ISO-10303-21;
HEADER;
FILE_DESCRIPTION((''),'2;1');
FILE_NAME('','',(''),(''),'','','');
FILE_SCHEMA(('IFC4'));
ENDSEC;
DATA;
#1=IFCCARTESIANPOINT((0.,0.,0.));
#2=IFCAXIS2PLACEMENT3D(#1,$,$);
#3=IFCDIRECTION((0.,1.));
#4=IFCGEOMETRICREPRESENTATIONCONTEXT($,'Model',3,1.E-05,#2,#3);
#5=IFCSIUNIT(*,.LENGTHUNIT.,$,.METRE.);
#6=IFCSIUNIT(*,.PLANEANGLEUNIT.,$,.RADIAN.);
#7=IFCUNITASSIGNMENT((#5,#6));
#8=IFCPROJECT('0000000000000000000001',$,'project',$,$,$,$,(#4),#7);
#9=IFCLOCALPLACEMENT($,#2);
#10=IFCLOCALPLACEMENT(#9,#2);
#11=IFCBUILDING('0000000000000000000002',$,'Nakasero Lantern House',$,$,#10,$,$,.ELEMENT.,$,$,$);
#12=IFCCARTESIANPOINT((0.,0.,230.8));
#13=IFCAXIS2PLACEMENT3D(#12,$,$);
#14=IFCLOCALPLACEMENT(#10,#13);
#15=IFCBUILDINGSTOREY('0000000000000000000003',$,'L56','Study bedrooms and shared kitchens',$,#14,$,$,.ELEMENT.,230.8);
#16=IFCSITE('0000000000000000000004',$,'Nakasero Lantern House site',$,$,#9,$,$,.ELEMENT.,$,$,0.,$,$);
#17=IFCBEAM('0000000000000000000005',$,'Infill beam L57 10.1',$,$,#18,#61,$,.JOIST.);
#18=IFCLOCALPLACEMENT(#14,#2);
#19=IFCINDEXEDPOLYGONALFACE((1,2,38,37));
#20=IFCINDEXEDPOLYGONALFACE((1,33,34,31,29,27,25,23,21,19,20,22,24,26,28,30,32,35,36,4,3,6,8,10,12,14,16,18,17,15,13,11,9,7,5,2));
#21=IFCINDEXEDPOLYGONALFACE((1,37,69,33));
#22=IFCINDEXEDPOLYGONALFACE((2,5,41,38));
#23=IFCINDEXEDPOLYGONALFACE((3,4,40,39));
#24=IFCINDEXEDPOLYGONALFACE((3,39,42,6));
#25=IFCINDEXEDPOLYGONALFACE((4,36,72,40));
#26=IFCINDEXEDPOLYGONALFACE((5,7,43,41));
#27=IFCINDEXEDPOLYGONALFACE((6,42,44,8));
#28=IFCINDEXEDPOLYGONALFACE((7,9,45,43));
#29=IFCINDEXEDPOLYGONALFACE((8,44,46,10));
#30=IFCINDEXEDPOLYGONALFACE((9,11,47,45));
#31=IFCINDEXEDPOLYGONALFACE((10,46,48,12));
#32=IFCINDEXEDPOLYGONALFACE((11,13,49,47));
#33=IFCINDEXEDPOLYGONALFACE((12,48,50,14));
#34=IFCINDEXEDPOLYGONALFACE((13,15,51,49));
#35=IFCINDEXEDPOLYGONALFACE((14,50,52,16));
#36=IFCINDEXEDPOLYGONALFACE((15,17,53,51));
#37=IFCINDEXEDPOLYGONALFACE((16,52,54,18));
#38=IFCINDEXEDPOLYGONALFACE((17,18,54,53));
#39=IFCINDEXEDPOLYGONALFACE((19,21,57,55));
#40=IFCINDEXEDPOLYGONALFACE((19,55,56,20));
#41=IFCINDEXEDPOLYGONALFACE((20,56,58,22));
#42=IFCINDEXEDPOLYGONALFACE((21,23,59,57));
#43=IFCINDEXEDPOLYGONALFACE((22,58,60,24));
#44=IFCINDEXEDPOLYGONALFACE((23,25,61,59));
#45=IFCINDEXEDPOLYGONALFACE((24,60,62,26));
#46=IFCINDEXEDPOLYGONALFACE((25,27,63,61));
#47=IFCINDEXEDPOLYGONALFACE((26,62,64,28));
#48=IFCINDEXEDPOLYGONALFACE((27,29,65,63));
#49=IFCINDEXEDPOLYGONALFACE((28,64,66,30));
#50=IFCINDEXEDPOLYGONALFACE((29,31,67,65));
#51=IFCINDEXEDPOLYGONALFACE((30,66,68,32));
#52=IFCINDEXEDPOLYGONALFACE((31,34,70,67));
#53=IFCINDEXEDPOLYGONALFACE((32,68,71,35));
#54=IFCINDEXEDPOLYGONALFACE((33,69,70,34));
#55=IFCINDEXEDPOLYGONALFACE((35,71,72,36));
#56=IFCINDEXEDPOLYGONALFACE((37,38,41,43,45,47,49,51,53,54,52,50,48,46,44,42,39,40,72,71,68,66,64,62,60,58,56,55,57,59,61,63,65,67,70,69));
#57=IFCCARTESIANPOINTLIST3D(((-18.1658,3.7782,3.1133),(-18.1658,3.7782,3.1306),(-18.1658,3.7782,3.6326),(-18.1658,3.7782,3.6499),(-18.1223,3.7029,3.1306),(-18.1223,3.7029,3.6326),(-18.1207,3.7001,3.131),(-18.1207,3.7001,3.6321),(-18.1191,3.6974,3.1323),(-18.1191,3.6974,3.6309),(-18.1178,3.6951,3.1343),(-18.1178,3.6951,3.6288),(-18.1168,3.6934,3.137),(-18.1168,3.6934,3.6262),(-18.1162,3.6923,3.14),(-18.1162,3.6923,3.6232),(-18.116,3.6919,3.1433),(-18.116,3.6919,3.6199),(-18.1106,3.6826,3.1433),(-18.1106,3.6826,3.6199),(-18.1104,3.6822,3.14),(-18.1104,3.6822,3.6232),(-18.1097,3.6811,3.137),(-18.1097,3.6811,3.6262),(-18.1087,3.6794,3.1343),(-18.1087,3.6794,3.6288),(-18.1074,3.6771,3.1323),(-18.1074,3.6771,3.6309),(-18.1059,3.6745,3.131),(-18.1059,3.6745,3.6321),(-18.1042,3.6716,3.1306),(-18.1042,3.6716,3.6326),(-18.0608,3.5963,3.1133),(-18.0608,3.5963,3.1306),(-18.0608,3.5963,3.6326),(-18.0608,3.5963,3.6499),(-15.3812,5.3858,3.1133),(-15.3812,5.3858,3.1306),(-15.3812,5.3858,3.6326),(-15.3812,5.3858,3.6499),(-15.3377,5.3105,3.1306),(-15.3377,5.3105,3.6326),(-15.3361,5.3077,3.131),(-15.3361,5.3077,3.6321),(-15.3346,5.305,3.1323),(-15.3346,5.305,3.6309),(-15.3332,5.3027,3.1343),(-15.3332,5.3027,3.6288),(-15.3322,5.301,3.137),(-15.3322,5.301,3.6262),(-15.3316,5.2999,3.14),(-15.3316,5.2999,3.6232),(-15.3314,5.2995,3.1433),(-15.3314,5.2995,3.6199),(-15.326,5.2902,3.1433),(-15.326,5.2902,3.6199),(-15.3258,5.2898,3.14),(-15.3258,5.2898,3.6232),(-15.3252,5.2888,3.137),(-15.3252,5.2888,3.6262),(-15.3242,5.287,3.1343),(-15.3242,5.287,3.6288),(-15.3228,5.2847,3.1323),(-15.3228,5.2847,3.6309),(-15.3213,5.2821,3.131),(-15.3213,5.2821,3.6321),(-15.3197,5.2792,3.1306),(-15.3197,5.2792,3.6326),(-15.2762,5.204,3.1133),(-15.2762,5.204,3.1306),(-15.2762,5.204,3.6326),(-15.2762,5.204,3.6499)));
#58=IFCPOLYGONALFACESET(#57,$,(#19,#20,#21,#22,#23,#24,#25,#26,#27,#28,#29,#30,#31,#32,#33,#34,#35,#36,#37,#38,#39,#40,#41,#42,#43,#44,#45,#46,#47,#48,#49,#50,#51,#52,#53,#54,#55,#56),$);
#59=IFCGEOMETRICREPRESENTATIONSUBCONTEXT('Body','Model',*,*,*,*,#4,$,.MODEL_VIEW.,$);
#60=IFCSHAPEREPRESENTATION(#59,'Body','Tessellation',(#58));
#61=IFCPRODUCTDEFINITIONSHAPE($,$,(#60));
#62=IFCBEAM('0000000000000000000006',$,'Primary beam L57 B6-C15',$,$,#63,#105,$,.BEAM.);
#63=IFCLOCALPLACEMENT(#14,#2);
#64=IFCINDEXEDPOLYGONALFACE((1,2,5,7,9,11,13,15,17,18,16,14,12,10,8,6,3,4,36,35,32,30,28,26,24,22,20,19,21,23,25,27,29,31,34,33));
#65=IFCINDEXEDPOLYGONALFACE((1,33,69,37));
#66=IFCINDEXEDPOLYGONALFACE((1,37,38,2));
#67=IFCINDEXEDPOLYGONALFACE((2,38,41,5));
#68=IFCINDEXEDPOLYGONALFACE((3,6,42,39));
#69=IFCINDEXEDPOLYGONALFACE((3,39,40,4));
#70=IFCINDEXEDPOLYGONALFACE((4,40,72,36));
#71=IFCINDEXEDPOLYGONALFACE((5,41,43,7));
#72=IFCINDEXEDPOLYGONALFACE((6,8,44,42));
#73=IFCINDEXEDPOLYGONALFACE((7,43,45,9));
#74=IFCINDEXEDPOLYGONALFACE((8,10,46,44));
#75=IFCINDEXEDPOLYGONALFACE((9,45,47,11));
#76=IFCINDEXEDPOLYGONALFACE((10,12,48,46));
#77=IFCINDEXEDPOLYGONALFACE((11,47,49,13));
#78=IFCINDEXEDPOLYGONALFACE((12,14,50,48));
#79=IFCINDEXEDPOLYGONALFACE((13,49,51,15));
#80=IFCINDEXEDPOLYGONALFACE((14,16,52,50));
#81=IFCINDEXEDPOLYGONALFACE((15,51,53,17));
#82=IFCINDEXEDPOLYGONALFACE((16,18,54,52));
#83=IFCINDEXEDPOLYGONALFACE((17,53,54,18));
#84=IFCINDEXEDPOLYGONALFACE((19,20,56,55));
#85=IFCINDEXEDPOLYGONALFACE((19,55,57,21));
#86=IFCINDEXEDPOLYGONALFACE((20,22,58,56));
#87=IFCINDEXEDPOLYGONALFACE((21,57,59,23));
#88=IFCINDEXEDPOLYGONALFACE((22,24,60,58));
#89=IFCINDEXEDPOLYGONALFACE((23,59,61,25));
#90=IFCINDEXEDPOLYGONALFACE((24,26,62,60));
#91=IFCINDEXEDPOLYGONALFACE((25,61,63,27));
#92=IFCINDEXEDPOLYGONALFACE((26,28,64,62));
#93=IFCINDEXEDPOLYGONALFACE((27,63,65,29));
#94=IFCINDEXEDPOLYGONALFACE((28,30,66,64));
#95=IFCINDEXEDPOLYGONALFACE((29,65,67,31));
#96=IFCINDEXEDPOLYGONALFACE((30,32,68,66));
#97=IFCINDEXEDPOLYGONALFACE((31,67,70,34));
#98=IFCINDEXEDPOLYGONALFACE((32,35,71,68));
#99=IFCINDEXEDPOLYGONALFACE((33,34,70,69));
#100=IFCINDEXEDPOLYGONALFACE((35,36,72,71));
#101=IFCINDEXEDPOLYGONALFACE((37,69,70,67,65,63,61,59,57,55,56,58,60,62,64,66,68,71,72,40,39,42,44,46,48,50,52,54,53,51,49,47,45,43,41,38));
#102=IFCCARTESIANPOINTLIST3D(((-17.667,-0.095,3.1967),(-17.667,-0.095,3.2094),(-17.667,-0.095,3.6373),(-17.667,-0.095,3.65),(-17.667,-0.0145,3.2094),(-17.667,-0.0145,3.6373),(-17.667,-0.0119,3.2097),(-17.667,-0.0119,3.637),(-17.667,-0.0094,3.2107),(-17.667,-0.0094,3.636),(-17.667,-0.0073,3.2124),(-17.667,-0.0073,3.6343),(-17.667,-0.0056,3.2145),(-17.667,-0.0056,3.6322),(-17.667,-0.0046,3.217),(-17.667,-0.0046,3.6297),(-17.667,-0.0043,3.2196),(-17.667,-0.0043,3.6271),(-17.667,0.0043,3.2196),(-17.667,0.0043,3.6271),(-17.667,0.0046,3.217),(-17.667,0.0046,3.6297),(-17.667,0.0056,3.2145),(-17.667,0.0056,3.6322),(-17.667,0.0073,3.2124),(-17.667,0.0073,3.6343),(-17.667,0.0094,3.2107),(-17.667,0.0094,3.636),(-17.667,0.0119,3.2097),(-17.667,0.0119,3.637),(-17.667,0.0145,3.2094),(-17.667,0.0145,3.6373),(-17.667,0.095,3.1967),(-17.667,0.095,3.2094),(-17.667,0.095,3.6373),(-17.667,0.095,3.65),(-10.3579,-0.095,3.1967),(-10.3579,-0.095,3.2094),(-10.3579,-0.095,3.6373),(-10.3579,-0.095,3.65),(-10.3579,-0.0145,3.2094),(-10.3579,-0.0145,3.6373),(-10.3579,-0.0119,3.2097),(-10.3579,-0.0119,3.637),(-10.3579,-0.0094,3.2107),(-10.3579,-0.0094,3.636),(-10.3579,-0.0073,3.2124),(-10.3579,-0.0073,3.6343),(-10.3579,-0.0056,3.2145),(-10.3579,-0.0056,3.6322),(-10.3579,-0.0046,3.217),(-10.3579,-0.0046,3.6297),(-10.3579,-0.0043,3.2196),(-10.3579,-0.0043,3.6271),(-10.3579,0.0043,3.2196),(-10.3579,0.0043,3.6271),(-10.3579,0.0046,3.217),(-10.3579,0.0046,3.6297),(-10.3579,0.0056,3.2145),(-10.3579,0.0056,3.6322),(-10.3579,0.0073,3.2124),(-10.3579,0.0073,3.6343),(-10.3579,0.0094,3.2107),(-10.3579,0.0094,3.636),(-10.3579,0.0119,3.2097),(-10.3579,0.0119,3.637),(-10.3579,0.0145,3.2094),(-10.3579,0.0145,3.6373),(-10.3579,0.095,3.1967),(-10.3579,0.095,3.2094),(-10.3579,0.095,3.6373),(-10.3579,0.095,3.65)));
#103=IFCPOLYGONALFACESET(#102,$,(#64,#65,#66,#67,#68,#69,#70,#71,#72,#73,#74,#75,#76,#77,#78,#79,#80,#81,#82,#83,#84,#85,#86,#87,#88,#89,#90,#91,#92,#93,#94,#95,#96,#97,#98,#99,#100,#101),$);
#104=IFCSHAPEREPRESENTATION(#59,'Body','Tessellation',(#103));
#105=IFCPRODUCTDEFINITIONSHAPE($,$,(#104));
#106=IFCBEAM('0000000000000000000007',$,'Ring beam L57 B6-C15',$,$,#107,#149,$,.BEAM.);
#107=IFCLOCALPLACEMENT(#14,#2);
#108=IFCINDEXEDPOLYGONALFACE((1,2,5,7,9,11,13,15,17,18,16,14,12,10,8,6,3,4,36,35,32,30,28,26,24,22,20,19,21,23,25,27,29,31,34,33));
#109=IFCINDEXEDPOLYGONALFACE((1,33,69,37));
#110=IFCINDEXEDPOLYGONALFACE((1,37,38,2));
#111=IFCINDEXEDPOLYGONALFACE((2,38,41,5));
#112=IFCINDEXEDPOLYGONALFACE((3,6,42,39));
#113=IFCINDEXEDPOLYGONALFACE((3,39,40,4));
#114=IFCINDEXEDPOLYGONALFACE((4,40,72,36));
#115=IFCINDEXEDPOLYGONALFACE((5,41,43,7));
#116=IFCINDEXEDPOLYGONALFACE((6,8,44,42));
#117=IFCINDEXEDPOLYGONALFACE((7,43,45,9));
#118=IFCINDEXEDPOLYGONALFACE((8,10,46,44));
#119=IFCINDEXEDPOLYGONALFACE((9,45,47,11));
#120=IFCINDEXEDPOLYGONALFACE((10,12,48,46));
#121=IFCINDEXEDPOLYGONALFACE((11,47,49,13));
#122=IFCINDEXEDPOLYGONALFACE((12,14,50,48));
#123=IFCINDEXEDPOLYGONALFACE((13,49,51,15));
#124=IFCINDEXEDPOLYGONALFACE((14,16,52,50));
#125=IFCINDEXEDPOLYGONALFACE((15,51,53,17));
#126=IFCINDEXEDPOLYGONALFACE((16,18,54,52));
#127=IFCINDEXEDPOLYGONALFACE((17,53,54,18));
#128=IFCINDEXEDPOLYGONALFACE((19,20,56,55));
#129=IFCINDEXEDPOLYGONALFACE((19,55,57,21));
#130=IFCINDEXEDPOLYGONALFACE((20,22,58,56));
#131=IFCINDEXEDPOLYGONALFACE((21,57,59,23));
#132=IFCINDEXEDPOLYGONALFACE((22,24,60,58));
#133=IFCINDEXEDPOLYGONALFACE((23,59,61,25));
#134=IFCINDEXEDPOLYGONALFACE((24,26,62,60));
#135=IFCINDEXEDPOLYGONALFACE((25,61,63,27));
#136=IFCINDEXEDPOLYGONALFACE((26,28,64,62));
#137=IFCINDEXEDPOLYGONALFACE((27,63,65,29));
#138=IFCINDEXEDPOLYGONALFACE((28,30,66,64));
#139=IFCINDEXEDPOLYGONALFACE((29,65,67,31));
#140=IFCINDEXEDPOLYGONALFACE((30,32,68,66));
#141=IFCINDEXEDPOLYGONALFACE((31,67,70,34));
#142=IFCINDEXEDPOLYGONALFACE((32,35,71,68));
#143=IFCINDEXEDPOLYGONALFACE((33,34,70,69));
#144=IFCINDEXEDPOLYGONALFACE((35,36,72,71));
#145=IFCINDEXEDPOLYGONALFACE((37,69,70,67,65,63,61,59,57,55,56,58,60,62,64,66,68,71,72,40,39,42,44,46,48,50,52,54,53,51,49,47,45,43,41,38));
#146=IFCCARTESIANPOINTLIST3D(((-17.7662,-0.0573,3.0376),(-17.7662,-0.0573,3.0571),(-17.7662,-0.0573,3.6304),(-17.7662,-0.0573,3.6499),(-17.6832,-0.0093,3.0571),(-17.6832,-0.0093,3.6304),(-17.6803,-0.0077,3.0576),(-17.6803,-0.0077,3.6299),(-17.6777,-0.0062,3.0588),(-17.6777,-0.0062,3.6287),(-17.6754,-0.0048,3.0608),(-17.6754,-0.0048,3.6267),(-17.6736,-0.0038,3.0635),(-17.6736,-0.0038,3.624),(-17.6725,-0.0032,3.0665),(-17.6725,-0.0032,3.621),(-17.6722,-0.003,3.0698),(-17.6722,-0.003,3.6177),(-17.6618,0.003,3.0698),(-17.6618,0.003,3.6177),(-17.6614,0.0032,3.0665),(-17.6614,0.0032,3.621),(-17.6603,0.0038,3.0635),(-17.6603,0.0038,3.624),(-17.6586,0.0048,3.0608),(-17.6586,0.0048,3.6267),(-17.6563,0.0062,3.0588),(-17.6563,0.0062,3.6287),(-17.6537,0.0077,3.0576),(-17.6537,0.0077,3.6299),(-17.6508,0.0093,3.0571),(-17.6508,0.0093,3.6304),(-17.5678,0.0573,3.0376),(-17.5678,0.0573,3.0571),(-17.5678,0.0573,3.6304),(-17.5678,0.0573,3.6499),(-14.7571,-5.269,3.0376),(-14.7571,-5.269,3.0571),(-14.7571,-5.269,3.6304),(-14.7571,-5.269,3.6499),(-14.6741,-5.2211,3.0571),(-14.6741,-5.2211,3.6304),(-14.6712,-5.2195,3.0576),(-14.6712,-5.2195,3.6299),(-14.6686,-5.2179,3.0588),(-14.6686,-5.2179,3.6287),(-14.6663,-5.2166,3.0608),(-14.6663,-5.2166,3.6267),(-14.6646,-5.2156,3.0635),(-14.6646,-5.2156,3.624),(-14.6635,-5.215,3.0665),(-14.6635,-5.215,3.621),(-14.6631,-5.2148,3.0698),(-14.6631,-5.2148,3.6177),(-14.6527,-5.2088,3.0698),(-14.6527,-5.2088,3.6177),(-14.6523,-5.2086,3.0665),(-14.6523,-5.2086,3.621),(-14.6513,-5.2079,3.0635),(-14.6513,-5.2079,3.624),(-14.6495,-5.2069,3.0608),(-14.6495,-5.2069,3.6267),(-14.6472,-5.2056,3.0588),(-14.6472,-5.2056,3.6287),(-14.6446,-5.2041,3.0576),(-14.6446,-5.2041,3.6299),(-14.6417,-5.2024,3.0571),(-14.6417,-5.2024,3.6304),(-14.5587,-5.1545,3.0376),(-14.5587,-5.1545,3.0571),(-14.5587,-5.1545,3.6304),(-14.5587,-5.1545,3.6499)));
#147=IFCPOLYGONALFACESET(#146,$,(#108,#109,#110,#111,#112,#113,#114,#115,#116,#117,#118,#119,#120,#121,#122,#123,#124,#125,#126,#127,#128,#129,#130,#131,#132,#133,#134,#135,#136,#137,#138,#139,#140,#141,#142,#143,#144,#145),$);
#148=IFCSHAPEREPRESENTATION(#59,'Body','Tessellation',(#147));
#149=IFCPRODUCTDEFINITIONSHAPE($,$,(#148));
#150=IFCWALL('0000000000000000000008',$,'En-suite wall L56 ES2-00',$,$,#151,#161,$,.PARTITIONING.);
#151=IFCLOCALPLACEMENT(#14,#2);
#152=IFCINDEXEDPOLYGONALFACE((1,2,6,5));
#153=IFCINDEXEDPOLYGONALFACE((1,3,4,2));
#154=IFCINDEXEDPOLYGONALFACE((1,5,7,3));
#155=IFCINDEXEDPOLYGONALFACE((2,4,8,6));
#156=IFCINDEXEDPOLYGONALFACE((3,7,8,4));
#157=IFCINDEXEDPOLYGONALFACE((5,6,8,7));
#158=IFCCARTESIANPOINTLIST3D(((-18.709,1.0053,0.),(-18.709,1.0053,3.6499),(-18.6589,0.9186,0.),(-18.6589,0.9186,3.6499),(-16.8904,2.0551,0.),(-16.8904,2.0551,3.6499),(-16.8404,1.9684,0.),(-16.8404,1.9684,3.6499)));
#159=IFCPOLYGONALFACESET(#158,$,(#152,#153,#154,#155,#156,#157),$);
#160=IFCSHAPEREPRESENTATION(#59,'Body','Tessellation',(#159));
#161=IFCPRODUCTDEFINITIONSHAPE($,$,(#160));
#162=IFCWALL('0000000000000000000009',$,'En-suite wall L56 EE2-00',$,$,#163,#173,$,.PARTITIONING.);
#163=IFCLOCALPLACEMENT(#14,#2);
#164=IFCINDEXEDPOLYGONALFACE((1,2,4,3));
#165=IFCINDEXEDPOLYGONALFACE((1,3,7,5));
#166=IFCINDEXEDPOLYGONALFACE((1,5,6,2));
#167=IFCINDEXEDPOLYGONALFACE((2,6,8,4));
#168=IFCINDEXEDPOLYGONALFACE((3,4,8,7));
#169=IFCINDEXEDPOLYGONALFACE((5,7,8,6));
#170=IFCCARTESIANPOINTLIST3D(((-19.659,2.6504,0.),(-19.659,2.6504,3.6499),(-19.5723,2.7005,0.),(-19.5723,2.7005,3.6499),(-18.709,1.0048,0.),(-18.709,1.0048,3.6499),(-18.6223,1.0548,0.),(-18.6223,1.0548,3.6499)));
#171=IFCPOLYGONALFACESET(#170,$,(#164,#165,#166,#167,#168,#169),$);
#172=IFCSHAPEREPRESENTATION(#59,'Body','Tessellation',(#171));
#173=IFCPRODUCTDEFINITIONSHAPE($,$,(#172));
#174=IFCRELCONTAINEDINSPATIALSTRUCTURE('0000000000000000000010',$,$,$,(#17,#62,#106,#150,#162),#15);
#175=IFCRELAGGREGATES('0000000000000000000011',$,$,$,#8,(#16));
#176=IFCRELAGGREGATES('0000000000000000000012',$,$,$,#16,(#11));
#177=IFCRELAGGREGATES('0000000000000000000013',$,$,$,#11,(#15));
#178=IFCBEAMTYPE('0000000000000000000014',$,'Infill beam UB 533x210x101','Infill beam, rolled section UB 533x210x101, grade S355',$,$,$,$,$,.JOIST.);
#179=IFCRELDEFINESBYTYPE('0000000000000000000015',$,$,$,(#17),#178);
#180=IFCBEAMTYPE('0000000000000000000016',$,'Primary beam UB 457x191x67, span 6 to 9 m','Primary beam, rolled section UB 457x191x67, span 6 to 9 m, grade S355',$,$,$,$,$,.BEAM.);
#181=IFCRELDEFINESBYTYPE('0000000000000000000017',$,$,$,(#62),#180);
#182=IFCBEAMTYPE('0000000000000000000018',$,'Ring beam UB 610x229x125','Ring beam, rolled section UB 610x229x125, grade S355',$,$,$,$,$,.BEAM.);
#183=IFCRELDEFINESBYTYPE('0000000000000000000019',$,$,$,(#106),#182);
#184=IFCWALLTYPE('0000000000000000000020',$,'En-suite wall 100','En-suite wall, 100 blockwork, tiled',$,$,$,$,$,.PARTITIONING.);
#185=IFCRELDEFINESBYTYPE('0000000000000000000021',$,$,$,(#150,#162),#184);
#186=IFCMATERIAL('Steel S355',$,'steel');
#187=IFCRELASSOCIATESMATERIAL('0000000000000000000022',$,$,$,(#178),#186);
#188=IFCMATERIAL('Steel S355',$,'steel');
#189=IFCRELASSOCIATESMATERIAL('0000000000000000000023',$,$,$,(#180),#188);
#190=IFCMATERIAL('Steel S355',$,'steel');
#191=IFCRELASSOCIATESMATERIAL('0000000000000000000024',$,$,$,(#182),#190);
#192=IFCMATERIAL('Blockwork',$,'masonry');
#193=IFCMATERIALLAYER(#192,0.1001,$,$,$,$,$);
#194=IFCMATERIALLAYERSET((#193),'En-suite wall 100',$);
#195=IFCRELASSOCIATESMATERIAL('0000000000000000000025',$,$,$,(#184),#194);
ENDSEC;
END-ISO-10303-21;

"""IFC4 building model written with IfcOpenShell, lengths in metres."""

from ifc_helpers import new_model, si_unit, direction, frame, frame_2d, origin, origin_2d, place, context, subcontext, project, spatial, rectangle, i_section, extrude, material, layer, layer_set, material_profile, profile_set, type_object, element, save


model = new_model("IFC4")

# Units and contexts
model_context = context("Model", 3, precision=1e-05, world=origin(), true_north=direction((0.0, 1.0)))
body_context = subcontext(model_context, "Body", "Model", "MODEL_VIEW")
ifc_project = project(units=[si_unit("LENGTHUNIT", "METRE"), si_unit("PLANEANGLEUNIT", "RADIAN")], contexts=[model_context])

# Site, building, storey
site_placement = place(None, origin())
site = spatial("IfcSite", under=ifc_project, at=site_placement, Name="Nakasero Lantern House site", CompositionType="ELEMENT", RefElevation=0.0)
building_placement = place(site_placement, origin())
building = spatial("IfcBuilding", under=site, at=building_placement, Name="Nakasero Lantern House", CompositionType="ELEMENT")
storey_placement = place(building_placement, frame((0.0, 0.0, 230.8)))
storey = spatial("IfcBuildingStorey", under=building, at=storey_placement, Name="L56", Description="Study bedrooms and shared kitchens", CompositionType="ELEMENT", Elevation=230.8)

# Beams
ifc_material_1 = material(Name="Steel S355", Category="steel")
ifc_material_profile_1 = material_profile(ifc_material_1, i_section(OverallWidth=0.21, OverallDepth=0.5366, WebThickness=0.0107, FlangeThickness=0.0173, FilletRadius=0.0127, at=origin_2d()), Name="UB 533x210x101")
ifc_profile_set_1 = profile_set([ifc_material_profile_1], Name="Steel S355")
beam_type_1 = type_object("IfcBeamType", Name="Infill beam UB 533x210x101", Description="Infill beam, rolled section UB 533x210x101, grade S355", PredefinedType="JOIST", material=ifc_profile_set_1)
beam_1_placement = place(storey_placement, frame((-18.1133, 3.6873, 3.3816), z_axis=(0.866034, 0.499985, 0.0), x_axis=(-0.499985, 0.866034, 0.0)))
element("IfcBeam", 1, at=beam_1_placement, inside=storey, type_object=beam_type_1, Name="Infill beam L57 10.1", PredefinedType="JOIST", context=body_context, shape_type="SweptSolid", body=[
    extrude(i_section(OverallWidth=0.21, OverallDepth=0.5366, WebThickness=0.0107, FlangeThickness=0.0173, FilletRadius=0.0127, at=origin_2d()), origin(), (0.0, 0.0, 1.0), 3.2153),
])
ifc_material_2 = material(Name="Steel S355", Category="steel")
ifc_material_profile_2 = material_profile(ifc_material_2, i_section(OverallWidth=0.1899, OverallDepth=0.4534, WebThickness=0.0085, FlangeThickness=0.0127, FilletRadius=0.0103, at=origin_2d()), Name="UB 457x191x67")
ifc_profile_set_2 = profile_set([ifc_material_profile_2], Name="Steel S355")
beam_type_2 = type_object("IfcBeamType", Name="Primary beam UB 457x191x67, span 6 to 9 m", Description="Primary beam, rolled section UB 457x191x67, span 6 to 9 m, grade S355", PredefinedType="BEAM", material=ifc_profile_set_2)
beam_2_placement = place(storey_placement, frame((-17.667, 0.0, 3.4233), z_axis=(1.0, 0.0, 0.0), x_axis=(0.0, 1.0, 0.0)))
element("IfcBeam", 2, at=beam_2_placement, inside=storey, type_object=beam_type_2, Name="Primary beam L57 B6-C15", PredefinedType="BEAM", context=body_context, shape_type="SweptSolid", body=[
    extrude(i_section(OverallWidth=0.1899, OverallDepth=0.4534, WebThickness=0.0085, FlangeThickness=0.0127, FilletRadius=0.0103, at=origin_2d()), origin(), (0.0, 0.0, 1.0), 7.3091),
])
ifc_material_3 = material(Name="Steel S355", Category="steel")
ifc_material_profile_3 = material_profile(ifc_material_3, i_section(OverallWidth=0.229, OverallDepth=0.6123, WebThickness=0.012, FlangeThickness=0.0195, FilletRadius=0.0127, at=origin_2d()), Name="UB 610x229x125")
ifc_profile_set_3 = profile_set([ifc_material_profile_3], Name="Steel S355")
beam_type_3 = type_object("IfcBeamType", Name="Ring beam UB 610x229x125", Description="Ring beam, rolled section UB 610x229x125, grade S355", PredefinedType="BEAM", material=ifc_profile_set_3)
beam_3_placement = place(storey_placement, frame((-17.667, 0.0, 3.3438), z_axis=(0.500009, -0.86602, 0.0), x_axis=(0.86602, 0.500009, 0.0)))
element("IfcBeam", 3, at=beam_3_placement, inside=storey, type_object=beam_type_3, Name="Ring beam L57 B6-C15", PredefinedType="BEAM", context=body_context, shape_type="SweptSolid", body=[
    extrude(i_section(OverallWidth=0.229, OverallDepth=0.6123, WebThickness=0.012, FlangeThickness=0.0195, FilletRadius=0.0127, at=origin_2d()), origin(), (0.0, 0.0, 1.0), 6.0181),
])

# Walls
ifc_material_4 = material(Name="Blockwork", Category="masonry")
ifc_layer_1 = layer(ifc_material_4, 0.1001)
ifc_layer_set_1 = layer_set([ifc_layer_1], Name="En-suite wall 100")
wall_type_1 = type_object("IfcWallType", Name="En-suite wall 100", Description="En-suite wall, 100 blockwork, tiled", PredefinedType="PARTITIONING", material=ifc_layer_set_1)
wall_1_placement = place(storey_placement, frame((-16.8655, 2.0117, 0.0), z_axis=(0.0, 0.0, 1.0), x_axis=(-0.86606, -0.499941, 0.0)))
element("IfcWall", 4, at=wall_1_placement, inside=storey, type_object=wall_type_1, Name="En-suite wall L56 ES2-00", PredefinedType="PARTITIONING", context=body_context, shape_type="SweptSolid", body=[
    extrude(rectangle(XDim=2.0999, YDim=0.1001, at=frame_2d((1.0498, 0.0))), origin(), (0.0, 0.0, 1.0), 3.6499),
])
wall_2_placement = place(storey_placement, frame((-19.6157, 2.6755, 0.0), z_axis=(0.0, 0.0, 1.0), x_axis=(0.499967, -0.866044, 0.0)))
element("IfcWall", 5, at=wall_2_placement, inside=storey, type_object=wall_type_1, Name="En-suite wall L56 EE2-00", PredefinedType="PARTITIONING", context=body_context, shape_type="SweptSolid", body=[
    extrude(rectangle(XDim=1.9001, YDim=0.1001, at=frame_2d((0.9502, 0.0))), origin(), (0.0, 0.0, 1.0), 3.6499),
])

save(model, "model.ifc")
